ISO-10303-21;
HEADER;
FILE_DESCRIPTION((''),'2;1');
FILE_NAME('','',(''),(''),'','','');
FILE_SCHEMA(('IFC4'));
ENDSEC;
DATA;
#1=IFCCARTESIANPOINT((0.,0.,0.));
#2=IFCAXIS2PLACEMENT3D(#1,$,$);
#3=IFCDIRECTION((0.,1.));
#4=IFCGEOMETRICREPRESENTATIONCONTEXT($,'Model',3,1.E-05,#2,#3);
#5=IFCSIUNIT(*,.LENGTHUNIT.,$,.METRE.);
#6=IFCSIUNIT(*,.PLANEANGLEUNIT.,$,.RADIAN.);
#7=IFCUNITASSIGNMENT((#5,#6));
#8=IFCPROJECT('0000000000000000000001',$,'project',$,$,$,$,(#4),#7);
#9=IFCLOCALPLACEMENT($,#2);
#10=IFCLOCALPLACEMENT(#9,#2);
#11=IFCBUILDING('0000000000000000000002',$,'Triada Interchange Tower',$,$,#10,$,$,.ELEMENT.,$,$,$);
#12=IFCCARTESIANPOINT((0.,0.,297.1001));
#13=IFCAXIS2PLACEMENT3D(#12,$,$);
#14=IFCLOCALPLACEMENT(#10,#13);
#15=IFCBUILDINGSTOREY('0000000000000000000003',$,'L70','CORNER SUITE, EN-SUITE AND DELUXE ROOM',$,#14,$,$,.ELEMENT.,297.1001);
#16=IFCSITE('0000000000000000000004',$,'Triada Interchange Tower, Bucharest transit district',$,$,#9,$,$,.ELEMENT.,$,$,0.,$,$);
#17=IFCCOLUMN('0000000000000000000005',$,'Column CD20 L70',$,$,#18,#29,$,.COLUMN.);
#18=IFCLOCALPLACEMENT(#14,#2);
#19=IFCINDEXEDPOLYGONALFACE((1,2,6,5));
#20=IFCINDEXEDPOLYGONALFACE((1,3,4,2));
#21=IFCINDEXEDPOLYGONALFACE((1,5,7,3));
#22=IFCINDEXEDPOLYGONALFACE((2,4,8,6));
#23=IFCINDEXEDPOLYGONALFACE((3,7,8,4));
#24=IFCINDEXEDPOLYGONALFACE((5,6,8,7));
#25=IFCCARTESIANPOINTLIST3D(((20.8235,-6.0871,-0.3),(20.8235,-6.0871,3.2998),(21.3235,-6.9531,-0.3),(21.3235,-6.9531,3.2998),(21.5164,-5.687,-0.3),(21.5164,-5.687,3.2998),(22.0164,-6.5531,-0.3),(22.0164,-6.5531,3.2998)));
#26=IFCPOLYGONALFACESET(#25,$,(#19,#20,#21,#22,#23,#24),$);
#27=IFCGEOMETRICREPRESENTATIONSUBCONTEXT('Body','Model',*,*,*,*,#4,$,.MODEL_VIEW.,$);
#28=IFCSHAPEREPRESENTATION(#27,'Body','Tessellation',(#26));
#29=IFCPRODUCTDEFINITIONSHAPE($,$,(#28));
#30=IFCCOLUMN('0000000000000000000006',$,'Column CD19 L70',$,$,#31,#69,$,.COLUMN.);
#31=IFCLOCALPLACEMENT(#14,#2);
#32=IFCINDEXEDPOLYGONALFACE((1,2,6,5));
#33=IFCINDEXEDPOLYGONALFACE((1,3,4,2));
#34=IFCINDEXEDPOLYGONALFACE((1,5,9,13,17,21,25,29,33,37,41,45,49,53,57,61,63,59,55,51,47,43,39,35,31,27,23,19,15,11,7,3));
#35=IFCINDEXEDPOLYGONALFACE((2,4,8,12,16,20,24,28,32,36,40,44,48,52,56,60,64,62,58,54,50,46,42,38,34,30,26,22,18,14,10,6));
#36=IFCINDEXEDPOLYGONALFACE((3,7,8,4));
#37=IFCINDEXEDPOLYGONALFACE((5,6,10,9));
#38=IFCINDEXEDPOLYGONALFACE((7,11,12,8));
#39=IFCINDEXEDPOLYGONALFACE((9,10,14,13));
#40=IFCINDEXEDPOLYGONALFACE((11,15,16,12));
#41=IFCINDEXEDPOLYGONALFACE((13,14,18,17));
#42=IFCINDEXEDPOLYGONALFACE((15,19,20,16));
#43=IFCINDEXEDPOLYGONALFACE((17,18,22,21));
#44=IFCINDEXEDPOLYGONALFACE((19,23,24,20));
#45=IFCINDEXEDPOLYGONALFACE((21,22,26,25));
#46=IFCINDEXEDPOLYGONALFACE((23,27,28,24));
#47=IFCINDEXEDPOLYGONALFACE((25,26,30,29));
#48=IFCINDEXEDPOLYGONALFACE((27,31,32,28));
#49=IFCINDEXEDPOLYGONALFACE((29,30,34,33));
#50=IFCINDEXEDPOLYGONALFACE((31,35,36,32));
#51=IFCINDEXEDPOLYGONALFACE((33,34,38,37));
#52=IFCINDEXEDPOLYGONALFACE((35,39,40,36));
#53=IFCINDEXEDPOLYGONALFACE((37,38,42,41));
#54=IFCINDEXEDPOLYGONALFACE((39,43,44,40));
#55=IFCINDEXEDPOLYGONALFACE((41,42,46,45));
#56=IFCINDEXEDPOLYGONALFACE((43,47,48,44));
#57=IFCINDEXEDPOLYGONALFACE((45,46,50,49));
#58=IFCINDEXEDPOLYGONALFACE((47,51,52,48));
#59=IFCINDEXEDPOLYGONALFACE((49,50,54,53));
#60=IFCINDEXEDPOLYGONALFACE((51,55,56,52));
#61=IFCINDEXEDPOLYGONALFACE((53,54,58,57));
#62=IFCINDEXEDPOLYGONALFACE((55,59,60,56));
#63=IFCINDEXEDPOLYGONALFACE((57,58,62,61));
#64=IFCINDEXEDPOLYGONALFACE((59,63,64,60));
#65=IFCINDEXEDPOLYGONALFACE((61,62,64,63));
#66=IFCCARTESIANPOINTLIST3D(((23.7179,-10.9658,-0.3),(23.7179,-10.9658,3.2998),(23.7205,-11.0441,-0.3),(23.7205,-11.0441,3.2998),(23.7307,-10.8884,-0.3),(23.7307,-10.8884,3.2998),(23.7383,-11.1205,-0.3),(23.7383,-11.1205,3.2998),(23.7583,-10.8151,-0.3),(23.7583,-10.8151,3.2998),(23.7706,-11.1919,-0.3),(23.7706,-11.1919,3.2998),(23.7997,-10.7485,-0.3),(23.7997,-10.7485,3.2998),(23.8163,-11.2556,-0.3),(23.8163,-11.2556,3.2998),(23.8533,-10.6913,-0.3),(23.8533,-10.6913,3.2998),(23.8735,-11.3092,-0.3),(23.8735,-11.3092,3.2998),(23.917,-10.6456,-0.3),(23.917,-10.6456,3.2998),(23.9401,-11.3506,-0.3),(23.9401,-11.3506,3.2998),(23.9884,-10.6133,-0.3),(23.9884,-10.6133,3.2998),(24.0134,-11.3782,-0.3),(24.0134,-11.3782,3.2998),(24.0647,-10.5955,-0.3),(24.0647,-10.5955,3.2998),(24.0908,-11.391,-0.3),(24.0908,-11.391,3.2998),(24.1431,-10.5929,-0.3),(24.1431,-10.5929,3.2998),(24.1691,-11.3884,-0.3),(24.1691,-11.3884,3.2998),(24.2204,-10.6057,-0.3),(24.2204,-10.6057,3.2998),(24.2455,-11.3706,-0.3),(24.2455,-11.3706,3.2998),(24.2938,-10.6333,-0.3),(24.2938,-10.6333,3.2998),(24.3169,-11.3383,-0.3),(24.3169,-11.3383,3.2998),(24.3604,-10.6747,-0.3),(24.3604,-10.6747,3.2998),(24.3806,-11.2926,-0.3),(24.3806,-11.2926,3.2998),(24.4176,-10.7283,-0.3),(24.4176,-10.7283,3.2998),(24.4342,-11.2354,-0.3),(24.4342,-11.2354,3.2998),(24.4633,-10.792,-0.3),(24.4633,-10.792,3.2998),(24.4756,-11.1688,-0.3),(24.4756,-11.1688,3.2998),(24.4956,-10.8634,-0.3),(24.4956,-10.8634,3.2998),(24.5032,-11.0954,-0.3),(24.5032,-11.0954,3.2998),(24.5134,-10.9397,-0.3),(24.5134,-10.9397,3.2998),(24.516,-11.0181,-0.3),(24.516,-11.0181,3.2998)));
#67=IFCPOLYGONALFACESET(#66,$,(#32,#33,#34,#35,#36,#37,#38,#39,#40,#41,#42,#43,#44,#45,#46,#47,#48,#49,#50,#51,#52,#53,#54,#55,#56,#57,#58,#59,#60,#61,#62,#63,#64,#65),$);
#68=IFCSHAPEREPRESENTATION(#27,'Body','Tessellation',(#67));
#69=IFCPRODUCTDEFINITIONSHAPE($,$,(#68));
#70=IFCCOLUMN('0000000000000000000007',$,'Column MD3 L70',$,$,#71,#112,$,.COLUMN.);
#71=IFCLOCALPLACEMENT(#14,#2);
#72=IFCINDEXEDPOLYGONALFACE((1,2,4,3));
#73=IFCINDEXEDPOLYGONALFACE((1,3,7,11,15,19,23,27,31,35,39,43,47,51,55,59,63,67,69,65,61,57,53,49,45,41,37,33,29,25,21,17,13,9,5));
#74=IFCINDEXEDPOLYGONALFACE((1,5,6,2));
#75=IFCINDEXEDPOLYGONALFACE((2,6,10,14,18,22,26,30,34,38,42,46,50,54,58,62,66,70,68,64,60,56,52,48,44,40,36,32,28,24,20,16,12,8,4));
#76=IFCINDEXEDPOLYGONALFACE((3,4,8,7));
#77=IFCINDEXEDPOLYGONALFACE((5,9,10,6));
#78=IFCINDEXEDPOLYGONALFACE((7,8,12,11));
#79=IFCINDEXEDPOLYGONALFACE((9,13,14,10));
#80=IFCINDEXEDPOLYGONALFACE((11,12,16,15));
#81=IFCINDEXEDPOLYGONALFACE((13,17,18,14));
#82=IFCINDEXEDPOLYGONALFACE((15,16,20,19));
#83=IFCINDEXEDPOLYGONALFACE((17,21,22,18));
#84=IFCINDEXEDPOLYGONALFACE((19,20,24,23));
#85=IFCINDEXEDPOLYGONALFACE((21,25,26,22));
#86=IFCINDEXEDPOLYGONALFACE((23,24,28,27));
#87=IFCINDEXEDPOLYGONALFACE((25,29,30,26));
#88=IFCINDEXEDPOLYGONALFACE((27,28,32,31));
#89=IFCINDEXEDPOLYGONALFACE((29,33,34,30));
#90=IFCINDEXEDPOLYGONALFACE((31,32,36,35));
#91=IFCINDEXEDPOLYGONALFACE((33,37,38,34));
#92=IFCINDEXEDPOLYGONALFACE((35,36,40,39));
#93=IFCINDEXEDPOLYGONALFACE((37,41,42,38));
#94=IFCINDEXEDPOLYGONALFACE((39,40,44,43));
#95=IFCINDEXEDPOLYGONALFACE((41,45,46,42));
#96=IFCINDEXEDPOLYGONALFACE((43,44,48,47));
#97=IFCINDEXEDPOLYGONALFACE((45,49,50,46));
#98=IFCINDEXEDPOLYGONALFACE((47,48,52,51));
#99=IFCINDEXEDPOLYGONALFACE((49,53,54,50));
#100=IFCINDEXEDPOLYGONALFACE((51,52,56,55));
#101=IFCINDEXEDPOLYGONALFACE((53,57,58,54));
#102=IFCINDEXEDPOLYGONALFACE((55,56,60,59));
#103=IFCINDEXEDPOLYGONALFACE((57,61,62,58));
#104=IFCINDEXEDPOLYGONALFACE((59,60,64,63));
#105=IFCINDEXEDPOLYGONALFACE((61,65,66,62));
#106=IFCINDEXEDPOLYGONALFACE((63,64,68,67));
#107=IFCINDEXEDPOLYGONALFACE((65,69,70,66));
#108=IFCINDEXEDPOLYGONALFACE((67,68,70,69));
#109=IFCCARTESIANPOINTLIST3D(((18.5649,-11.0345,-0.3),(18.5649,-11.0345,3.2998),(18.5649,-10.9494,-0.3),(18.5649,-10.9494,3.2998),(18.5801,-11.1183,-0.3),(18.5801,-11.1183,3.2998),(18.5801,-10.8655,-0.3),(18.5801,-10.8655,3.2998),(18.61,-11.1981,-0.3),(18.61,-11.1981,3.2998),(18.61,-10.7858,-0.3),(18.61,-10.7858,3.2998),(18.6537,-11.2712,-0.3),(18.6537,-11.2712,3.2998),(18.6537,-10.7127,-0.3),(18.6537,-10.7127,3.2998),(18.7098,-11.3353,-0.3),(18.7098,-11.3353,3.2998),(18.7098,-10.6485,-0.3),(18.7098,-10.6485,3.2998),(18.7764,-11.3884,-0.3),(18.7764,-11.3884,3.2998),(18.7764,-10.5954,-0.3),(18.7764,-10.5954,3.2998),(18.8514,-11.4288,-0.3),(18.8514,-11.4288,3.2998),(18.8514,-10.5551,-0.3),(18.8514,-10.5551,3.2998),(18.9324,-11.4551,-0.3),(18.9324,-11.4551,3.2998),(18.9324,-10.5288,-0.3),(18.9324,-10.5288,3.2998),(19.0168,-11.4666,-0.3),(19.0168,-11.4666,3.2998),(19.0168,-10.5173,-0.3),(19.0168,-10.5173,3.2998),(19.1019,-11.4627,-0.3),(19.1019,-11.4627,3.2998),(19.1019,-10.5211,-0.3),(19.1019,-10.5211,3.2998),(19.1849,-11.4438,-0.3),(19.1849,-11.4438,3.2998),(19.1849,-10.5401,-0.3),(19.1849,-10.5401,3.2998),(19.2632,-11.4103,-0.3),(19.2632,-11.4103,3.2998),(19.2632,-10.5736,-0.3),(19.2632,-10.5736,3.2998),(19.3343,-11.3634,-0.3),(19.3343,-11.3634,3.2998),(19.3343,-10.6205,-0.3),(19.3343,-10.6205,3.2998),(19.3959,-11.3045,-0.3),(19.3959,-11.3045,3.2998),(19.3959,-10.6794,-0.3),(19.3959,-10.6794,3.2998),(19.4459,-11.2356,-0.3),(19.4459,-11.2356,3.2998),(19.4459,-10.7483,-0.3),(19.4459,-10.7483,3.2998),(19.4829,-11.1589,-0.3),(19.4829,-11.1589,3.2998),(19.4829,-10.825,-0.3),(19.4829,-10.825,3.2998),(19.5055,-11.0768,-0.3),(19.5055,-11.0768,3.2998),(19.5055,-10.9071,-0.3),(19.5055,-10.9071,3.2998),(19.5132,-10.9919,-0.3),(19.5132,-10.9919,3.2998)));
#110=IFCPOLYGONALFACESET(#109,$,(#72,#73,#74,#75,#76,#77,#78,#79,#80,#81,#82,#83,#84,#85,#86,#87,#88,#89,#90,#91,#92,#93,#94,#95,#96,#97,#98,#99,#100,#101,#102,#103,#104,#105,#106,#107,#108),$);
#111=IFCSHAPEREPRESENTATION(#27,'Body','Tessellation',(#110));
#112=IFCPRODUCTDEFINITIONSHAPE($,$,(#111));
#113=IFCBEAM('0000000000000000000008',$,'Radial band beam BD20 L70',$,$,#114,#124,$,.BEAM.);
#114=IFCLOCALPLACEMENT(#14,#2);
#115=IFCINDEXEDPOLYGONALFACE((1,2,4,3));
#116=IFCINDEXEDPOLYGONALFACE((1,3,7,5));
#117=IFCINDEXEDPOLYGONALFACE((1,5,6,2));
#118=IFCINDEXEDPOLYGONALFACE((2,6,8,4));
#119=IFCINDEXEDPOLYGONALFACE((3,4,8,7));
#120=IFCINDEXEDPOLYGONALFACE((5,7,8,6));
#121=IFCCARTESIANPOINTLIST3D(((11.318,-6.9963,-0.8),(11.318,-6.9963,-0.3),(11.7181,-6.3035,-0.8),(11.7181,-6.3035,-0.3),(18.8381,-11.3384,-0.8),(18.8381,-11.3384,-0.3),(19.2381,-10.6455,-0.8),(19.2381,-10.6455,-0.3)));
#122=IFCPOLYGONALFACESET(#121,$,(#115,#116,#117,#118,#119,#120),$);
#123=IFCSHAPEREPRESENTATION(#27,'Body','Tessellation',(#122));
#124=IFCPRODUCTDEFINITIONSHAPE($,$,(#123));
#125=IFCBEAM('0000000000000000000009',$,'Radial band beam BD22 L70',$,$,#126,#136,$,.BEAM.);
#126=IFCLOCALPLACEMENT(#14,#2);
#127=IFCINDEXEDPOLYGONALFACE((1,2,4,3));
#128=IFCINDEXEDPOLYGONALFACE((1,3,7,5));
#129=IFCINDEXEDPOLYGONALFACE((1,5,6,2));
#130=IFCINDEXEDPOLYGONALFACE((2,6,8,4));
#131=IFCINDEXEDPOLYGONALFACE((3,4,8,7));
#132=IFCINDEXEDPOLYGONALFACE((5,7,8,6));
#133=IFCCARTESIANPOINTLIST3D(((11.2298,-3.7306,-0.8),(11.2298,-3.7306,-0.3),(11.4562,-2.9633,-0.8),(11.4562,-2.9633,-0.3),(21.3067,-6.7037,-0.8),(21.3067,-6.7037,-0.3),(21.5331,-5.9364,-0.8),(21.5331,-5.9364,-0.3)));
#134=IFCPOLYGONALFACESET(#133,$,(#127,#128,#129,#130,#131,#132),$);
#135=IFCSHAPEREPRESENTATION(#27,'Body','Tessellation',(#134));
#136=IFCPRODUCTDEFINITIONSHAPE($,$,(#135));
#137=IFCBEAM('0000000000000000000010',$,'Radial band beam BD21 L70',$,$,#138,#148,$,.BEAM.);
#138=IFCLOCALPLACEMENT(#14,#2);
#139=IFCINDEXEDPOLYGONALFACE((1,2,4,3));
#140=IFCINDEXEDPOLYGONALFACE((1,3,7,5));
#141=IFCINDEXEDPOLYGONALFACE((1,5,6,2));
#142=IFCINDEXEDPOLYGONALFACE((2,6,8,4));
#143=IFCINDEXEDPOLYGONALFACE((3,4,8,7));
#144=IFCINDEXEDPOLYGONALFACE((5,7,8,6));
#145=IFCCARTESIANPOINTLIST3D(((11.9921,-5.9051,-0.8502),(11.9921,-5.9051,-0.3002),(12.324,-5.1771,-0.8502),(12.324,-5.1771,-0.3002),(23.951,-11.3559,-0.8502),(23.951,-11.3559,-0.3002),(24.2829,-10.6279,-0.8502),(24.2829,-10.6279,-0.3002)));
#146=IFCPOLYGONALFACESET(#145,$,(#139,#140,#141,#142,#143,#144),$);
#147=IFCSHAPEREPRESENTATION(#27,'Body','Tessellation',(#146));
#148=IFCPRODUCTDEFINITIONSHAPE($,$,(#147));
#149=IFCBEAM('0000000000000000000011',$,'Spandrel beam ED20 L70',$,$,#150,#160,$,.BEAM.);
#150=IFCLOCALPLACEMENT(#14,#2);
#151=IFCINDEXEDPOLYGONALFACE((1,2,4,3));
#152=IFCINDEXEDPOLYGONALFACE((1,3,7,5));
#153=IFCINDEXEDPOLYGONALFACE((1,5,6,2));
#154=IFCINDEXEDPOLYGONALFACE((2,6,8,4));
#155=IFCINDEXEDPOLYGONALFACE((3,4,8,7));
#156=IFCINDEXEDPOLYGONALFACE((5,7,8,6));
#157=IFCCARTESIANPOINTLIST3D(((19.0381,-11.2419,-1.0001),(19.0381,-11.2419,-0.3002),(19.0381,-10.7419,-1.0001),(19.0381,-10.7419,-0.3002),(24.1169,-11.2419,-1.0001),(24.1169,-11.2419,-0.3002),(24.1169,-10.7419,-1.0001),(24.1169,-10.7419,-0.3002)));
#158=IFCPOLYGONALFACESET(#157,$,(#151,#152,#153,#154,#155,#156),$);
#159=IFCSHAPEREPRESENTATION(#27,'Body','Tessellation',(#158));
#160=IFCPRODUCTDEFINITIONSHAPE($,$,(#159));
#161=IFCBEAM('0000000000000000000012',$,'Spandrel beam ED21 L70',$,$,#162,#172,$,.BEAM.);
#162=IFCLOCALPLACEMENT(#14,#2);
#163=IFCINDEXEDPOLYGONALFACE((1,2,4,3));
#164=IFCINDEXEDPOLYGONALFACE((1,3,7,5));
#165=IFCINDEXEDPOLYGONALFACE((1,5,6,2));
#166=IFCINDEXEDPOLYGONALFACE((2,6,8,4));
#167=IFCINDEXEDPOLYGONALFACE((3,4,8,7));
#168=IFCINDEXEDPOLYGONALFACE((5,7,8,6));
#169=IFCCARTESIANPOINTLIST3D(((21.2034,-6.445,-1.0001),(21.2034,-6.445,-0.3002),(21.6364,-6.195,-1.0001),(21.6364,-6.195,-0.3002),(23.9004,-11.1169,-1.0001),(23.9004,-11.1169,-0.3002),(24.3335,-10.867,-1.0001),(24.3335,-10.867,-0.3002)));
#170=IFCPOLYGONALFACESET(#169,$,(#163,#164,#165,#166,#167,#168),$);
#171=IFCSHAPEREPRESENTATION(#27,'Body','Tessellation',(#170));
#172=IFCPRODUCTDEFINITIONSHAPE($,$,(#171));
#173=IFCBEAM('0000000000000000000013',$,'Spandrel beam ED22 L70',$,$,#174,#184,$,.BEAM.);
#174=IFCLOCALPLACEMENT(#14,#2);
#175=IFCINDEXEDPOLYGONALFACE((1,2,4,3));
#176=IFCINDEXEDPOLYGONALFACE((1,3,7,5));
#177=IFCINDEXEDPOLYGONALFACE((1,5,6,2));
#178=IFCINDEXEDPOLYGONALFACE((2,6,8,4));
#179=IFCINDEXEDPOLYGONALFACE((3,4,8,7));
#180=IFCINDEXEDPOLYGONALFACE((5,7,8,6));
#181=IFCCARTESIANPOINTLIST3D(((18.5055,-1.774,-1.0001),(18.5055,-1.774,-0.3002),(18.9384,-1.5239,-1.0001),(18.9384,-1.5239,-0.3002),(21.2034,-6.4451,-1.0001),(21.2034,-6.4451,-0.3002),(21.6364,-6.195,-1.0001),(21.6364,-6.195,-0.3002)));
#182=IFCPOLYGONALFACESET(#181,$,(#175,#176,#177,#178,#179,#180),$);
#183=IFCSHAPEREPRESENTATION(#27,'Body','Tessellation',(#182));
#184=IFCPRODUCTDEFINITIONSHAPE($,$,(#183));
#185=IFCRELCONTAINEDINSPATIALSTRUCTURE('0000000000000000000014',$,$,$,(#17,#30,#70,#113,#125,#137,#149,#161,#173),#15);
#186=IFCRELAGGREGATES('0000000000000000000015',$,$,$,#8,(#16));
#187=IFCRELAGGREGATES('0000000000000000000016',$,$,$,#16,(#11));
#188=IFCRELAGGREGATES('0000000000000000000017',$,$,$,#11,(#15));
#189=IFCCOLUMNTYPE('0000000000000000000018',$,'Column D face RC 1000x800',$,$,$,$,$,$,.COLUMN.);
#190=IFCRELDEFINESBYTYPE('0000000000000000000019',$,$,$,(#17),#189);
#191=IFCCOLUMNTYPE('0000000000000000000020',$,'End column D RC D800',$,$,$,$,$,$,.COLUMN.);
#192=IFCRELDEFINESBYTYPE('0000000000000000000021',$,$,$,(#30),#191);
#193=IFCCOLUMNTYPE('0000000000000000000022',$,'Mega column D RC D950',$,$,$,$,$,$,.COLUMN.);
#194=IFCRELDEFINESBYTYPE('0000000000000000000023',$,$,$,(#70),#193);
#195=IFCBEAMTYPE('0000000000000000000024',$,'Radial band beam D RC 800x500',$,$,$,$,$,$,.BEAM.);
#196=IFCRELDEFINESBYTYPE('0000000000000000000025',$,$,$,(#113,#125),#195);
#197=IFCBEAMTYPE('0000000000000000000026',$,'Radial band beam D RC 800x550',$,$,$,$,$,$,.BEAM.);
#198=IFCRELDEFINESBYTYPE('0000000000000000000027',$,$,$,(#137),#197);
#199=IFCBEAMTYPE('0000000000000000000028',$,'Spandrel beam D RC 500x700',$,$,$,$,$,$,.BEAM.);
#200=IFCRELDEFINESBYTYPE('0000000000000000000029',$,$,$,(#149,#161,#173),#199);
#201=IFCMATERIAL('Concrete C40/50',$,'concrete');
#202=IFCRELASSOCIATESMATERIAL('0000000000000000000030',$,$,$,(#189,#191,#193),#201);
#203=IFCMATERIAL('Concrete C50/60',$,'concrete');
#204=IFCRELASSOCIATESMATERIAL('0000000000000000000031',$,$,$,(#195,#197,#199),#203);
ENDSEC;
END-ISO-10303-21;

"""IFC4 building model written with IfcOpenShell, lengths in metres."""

from ifc_helpers import new_model, si_unit, direction, frame, origin, origin_2d, place, context, subcontext, project, spatial, rectangle, circle, extrude, material, material_profile, profile_set, type_object, element, save


model = new_model("IFC4")

# Units and contexts
model_context = context("Model", 3, precision=1e-05, world=origin(), true_north=direction((0.0, 1.0)))
body_context = subcontext(model_context, "Body", "Model", "MODEL_VIEW")
ifc_project = project(units=[si_unit("LENGTHUNIT", "METRE"), si_unit("PLANEANGLEUNIT", "RADIAN")], contexts=[model_context])

# Site, building, storey
site_placement = place(None, origin())
site = spatial("IfcSite", under=ifc_project, at=site_placement, Name="Triada Interchange Tower, Bucharest transit district", CompositionType="ELEMENT", RefElevation=0.0)
building_placement = place(site_placement, origin())
building = spatial("IfcBuilding", under=site, at=building_placement, Name="Triada Interchange Tower", CompositionType="ELEMENT")
storey_placement = place(building_placement, frame((0.0, 0.0, 297.1001)))
storey = spatial("IfcBuildingStorey", under=building, at=storey_placement, Name="L70", Description="CORNER SUITE, EN-SUITE AND DELUXE ROOM", CompositionType="ELEMENT", Elevation=297.1001)

# Columns
ifc_material_1 = material(Name="Concrete C40/50", Category="concrete")
ifc_material_profile_1 = material_profile(ifc_material_1, rectangle(XDim=1.0, YDim=0.8, at=origin_2d()), Name="RC 1000x800")
ifc_profile_set_1 = profile_set([ifc_material_profile_1], Name="Concrete C40/50")
column_type_1 = type_object("IfcColumnType", Name="Column D face RC 1000x800", PredefinedType="COLUMN", material=ifc_profile_set_1)
column_1_placement = place(storey_placement, frame((21.4199, -6.3201, -0.3), z_axis=(0.0, 0.0, 1.0), x_axis=(-0.5, 0.866025, 0.0)))
element("IfcColumn", 1, at=column_1_placement, inside=storey, type_object=column_type_1, Name="Column CD20 L70", PredefinedType="COLUMN", context=body_context, shape_type="SweptSolid", body=[
    extrude(rectangle(XDim=1.0, YDim=0.8, at=origin_2d()), origin(), (0.0, 0.0, 1.0), 3.5999),
])
ifc_material_profile_2 = material_profile(ifc_material_1, circle(Radius=0.3999, at=origin_2d()), Name="RC D800")
ifc_profile_set_2 = profile_set([ifc_material_profile_2], Name="Concrete C40/50")
column_type_2 = type_object("IfcColumnType", Name="End column D RC D800", PredefinedType="COLUMN", material=ifc_profile_set_2)
column_2_placement = place(storey_placement, frame((24.1169, -10.9919, -0.3), z_axis=(0.0, 0.0, 1.0), x_axis=(-0.5, 0.866025, 0.0)))
element("IfcColumn", 2, at=column_2_placement, inside=storey, type_object=column_type_2, Name="Column CD19 L70", PredefinedType="COLUMN", context=body_context, shape_type="SweptSolid", body=[
    extrude(circle(Radius=0.3999, at=origin_2d()), origin(), (0.0, 0.0, 1.0), 3.5999),
])
ifc_material_profile_3 = material_profile(ifc_material_1, circle(Radius=0.4751, at=origin_2d()), Name="RC D950")
ifc_profile_set_3 = profile_set([ifc_material_profile_3], Name="Concrete C40/50")
column_type_3 = type_object("IfcColumnType", Name="Mega column D RC D950", PredefinedType="COLUMN", material=ifc_profile_set_3)
column_3_placement = place(storey_placement, frame((19.0381, -10.9919, -0.3), z_axis=(0.0, 0.0, 1.0), x_axis=(1.0, 0.0, 0.0)))
element("IfcColumn", 3, at=column_3_placement, inside=storey, type_object=column_type_3, Name="Column MD3 L70", PredefinedType="COLUMN", context=body_context, shape_type="SweptSolid", body=[
    extrude(circle(Radius=0.4751, at=origin_2d()), origin(), (0.0, 0.0, 1.0), 3.5999),
])

# Beams
ifc_material_2 = material(Name="Concrete C50/60", Category="concrete")
ifc_material_profile_4 = material_profile(ifc_material_2, rectangle(XDim=0.8, YDim=0.5, at=origin_2d()), Name="RC 800x500")
ifc_profile_set_4 = profile_set([ifc_material_profile_4], Name="Concrete C50/60")
beam_type_1 = type_object("IfcBeamType", Name="Radial band beam D RC 800x500", PredefinedType="BEAM", material=ifc_profile_set_4)
beam_1_placement = place(storey_placement, frame((19.0381, -10.9919, -0.55), z_axis=(-0.866008, 0.500031, 0.0), x_axis=(-0.500031, -0.866008, 0.0)))
element("IfcBeam", 4, at=beam_1_placement, inside=storey, type_object=beam_type_1, Name="Radial band beam BD20 L70", PredefinedType="BEAM", context=body_context, shape_type="SweptSolid", body=[
    extrude(rectangle(XDim=0.8, YDim=0.5, at=origin_2d()), origin(), (0.0, 0.0, 1.0), 8.6836),
])
beam_2_placement = place(storey_placement, frame((21.4199, -6.3201, -0.55), z_axis=(-0.959124, 0.282985, 0.0), x_axis=(-0.282985, -0.959124, 0.0)))
element("IfcBeam", 5, at=beam_2_placement, inside=storey, type_object=beam_type_1, Name="Radial band beam BD22 L70", PredefinedType="BEAM", context=body_context, shape_type="SweptSolid", body=[
    extrude(rectangle(XDim=0.8, YDim=0.5, at=origin_2d()), origin(), (0.0, 0.0, 1.0), 10.5063),
])
ifc_material_profile_5 = material_profile(ifc_material_2, rectangle(XDim=0.8, YDim=0.55, at=origin_2d()), Name="RC 800x550")
ifc_profile_set_5 = profile_set([ifc_material_profile_5], Name="Concrete C50/60")
beam_type_2 = type_object("IfcBeamType", Name="Radial band beam D RC 800x550", PredefinedType="BEAM", material=ifc_profile_set_5)
beam_3_placement = place(storey_placement, frame((24.1169, -10.9919, -0.5752), z_axis=(-0.909935, 0.41475, 0.0), x_axis=(-0.41475, -0.909935, 0.0)))
element("IfcBeam", 6, at=beam_3_placement, inside=storey, type_object=beam_type_2, Name="Radial band beam BD21 L70", PredefinedType="BEAM", context=body_context, shape_type="SweptSolid", body=[
    extrude(rectangle(XDim=0.8, YDim=0.55, at=origin_2d()), origin(), (0.0, 0.0, 1.0), 13.1426),
])
ifc_material_profile_6 = material_profile(ifc_material_2, rectangle(XDim=0.5, YDim=0.7, at=origin_2d()), Name="RC 500x700")
ifc_profile_set_6 = profile_set([ifc_material_profile_6], Name="Concrete C50/60")
beam_type_3 = type_object("IfcBeamType", Name="Spandrel beam D RC 500x700", PredefinedType="BEAM", material=ifc_profile_set_6)
beam_4_placement = place(storey_placement, frame((19.0381, -10.9919, -0.6501), z_axis=(1.0, 0.0, 0.0), x_axis=(0.0, 1.0, 0.0)))
element("IfcBeam", 7, at=beam_4_placement, inside=storey, type_object=beam_type_3, Name="Spandrel beam ED20 L70", PredefinedType="BEAM", context=body_context, shape_type="SweptSolid", body=[
    extrude(rectangle(XDim=0.5, YDim=0.7, at=origin_2d()), origin(), (0.0, 0.0, 1.0), 5.0789),
])
beam_5_placement = place(storey_placement, frame((24.1169, -10.9919, -0.6501), z_axis=(-0.49996, 0.866048, 0.0), x_axis=(-0.866048, -0.49996, 0.0)))
element("IfcBeam", 8, at=beam_5_placement, inside=storey, type_object=beam_type_3, Name="Spandrel beam ED21 L70", PredefinedType="BEAM", context=body_context, shape_type="SweptSolid", body=[
    extrude(rectangle(XDim=0.5, YDim=0.7, at=origin_2d()), origin(), (0.0, 0.0, 1.0), 5.3945),
])
beam_6_placement = place(storey_placement, frame((21.4199, -6.3201, -0.6501), z_axis=(-0.500155, 0.865936, 0.0), x_axis=(-0.865936, -0.500155, 0.0)))
element("IfcBeam", 9, at=beam_6_placement, inside=storey, type_object=beam_type_3, Name="Spandrel beam ED22 L70", PredefinedType="BEAM", context=body_context, shape_type="SweptSolid", body=[
    extrude(rectangle(XDim=0.5, YDim=0.7, at=origin_2d()), origin(), (0.0, 0.0, 1.0), 5.3943),
])

save(model, "model.ifc")
